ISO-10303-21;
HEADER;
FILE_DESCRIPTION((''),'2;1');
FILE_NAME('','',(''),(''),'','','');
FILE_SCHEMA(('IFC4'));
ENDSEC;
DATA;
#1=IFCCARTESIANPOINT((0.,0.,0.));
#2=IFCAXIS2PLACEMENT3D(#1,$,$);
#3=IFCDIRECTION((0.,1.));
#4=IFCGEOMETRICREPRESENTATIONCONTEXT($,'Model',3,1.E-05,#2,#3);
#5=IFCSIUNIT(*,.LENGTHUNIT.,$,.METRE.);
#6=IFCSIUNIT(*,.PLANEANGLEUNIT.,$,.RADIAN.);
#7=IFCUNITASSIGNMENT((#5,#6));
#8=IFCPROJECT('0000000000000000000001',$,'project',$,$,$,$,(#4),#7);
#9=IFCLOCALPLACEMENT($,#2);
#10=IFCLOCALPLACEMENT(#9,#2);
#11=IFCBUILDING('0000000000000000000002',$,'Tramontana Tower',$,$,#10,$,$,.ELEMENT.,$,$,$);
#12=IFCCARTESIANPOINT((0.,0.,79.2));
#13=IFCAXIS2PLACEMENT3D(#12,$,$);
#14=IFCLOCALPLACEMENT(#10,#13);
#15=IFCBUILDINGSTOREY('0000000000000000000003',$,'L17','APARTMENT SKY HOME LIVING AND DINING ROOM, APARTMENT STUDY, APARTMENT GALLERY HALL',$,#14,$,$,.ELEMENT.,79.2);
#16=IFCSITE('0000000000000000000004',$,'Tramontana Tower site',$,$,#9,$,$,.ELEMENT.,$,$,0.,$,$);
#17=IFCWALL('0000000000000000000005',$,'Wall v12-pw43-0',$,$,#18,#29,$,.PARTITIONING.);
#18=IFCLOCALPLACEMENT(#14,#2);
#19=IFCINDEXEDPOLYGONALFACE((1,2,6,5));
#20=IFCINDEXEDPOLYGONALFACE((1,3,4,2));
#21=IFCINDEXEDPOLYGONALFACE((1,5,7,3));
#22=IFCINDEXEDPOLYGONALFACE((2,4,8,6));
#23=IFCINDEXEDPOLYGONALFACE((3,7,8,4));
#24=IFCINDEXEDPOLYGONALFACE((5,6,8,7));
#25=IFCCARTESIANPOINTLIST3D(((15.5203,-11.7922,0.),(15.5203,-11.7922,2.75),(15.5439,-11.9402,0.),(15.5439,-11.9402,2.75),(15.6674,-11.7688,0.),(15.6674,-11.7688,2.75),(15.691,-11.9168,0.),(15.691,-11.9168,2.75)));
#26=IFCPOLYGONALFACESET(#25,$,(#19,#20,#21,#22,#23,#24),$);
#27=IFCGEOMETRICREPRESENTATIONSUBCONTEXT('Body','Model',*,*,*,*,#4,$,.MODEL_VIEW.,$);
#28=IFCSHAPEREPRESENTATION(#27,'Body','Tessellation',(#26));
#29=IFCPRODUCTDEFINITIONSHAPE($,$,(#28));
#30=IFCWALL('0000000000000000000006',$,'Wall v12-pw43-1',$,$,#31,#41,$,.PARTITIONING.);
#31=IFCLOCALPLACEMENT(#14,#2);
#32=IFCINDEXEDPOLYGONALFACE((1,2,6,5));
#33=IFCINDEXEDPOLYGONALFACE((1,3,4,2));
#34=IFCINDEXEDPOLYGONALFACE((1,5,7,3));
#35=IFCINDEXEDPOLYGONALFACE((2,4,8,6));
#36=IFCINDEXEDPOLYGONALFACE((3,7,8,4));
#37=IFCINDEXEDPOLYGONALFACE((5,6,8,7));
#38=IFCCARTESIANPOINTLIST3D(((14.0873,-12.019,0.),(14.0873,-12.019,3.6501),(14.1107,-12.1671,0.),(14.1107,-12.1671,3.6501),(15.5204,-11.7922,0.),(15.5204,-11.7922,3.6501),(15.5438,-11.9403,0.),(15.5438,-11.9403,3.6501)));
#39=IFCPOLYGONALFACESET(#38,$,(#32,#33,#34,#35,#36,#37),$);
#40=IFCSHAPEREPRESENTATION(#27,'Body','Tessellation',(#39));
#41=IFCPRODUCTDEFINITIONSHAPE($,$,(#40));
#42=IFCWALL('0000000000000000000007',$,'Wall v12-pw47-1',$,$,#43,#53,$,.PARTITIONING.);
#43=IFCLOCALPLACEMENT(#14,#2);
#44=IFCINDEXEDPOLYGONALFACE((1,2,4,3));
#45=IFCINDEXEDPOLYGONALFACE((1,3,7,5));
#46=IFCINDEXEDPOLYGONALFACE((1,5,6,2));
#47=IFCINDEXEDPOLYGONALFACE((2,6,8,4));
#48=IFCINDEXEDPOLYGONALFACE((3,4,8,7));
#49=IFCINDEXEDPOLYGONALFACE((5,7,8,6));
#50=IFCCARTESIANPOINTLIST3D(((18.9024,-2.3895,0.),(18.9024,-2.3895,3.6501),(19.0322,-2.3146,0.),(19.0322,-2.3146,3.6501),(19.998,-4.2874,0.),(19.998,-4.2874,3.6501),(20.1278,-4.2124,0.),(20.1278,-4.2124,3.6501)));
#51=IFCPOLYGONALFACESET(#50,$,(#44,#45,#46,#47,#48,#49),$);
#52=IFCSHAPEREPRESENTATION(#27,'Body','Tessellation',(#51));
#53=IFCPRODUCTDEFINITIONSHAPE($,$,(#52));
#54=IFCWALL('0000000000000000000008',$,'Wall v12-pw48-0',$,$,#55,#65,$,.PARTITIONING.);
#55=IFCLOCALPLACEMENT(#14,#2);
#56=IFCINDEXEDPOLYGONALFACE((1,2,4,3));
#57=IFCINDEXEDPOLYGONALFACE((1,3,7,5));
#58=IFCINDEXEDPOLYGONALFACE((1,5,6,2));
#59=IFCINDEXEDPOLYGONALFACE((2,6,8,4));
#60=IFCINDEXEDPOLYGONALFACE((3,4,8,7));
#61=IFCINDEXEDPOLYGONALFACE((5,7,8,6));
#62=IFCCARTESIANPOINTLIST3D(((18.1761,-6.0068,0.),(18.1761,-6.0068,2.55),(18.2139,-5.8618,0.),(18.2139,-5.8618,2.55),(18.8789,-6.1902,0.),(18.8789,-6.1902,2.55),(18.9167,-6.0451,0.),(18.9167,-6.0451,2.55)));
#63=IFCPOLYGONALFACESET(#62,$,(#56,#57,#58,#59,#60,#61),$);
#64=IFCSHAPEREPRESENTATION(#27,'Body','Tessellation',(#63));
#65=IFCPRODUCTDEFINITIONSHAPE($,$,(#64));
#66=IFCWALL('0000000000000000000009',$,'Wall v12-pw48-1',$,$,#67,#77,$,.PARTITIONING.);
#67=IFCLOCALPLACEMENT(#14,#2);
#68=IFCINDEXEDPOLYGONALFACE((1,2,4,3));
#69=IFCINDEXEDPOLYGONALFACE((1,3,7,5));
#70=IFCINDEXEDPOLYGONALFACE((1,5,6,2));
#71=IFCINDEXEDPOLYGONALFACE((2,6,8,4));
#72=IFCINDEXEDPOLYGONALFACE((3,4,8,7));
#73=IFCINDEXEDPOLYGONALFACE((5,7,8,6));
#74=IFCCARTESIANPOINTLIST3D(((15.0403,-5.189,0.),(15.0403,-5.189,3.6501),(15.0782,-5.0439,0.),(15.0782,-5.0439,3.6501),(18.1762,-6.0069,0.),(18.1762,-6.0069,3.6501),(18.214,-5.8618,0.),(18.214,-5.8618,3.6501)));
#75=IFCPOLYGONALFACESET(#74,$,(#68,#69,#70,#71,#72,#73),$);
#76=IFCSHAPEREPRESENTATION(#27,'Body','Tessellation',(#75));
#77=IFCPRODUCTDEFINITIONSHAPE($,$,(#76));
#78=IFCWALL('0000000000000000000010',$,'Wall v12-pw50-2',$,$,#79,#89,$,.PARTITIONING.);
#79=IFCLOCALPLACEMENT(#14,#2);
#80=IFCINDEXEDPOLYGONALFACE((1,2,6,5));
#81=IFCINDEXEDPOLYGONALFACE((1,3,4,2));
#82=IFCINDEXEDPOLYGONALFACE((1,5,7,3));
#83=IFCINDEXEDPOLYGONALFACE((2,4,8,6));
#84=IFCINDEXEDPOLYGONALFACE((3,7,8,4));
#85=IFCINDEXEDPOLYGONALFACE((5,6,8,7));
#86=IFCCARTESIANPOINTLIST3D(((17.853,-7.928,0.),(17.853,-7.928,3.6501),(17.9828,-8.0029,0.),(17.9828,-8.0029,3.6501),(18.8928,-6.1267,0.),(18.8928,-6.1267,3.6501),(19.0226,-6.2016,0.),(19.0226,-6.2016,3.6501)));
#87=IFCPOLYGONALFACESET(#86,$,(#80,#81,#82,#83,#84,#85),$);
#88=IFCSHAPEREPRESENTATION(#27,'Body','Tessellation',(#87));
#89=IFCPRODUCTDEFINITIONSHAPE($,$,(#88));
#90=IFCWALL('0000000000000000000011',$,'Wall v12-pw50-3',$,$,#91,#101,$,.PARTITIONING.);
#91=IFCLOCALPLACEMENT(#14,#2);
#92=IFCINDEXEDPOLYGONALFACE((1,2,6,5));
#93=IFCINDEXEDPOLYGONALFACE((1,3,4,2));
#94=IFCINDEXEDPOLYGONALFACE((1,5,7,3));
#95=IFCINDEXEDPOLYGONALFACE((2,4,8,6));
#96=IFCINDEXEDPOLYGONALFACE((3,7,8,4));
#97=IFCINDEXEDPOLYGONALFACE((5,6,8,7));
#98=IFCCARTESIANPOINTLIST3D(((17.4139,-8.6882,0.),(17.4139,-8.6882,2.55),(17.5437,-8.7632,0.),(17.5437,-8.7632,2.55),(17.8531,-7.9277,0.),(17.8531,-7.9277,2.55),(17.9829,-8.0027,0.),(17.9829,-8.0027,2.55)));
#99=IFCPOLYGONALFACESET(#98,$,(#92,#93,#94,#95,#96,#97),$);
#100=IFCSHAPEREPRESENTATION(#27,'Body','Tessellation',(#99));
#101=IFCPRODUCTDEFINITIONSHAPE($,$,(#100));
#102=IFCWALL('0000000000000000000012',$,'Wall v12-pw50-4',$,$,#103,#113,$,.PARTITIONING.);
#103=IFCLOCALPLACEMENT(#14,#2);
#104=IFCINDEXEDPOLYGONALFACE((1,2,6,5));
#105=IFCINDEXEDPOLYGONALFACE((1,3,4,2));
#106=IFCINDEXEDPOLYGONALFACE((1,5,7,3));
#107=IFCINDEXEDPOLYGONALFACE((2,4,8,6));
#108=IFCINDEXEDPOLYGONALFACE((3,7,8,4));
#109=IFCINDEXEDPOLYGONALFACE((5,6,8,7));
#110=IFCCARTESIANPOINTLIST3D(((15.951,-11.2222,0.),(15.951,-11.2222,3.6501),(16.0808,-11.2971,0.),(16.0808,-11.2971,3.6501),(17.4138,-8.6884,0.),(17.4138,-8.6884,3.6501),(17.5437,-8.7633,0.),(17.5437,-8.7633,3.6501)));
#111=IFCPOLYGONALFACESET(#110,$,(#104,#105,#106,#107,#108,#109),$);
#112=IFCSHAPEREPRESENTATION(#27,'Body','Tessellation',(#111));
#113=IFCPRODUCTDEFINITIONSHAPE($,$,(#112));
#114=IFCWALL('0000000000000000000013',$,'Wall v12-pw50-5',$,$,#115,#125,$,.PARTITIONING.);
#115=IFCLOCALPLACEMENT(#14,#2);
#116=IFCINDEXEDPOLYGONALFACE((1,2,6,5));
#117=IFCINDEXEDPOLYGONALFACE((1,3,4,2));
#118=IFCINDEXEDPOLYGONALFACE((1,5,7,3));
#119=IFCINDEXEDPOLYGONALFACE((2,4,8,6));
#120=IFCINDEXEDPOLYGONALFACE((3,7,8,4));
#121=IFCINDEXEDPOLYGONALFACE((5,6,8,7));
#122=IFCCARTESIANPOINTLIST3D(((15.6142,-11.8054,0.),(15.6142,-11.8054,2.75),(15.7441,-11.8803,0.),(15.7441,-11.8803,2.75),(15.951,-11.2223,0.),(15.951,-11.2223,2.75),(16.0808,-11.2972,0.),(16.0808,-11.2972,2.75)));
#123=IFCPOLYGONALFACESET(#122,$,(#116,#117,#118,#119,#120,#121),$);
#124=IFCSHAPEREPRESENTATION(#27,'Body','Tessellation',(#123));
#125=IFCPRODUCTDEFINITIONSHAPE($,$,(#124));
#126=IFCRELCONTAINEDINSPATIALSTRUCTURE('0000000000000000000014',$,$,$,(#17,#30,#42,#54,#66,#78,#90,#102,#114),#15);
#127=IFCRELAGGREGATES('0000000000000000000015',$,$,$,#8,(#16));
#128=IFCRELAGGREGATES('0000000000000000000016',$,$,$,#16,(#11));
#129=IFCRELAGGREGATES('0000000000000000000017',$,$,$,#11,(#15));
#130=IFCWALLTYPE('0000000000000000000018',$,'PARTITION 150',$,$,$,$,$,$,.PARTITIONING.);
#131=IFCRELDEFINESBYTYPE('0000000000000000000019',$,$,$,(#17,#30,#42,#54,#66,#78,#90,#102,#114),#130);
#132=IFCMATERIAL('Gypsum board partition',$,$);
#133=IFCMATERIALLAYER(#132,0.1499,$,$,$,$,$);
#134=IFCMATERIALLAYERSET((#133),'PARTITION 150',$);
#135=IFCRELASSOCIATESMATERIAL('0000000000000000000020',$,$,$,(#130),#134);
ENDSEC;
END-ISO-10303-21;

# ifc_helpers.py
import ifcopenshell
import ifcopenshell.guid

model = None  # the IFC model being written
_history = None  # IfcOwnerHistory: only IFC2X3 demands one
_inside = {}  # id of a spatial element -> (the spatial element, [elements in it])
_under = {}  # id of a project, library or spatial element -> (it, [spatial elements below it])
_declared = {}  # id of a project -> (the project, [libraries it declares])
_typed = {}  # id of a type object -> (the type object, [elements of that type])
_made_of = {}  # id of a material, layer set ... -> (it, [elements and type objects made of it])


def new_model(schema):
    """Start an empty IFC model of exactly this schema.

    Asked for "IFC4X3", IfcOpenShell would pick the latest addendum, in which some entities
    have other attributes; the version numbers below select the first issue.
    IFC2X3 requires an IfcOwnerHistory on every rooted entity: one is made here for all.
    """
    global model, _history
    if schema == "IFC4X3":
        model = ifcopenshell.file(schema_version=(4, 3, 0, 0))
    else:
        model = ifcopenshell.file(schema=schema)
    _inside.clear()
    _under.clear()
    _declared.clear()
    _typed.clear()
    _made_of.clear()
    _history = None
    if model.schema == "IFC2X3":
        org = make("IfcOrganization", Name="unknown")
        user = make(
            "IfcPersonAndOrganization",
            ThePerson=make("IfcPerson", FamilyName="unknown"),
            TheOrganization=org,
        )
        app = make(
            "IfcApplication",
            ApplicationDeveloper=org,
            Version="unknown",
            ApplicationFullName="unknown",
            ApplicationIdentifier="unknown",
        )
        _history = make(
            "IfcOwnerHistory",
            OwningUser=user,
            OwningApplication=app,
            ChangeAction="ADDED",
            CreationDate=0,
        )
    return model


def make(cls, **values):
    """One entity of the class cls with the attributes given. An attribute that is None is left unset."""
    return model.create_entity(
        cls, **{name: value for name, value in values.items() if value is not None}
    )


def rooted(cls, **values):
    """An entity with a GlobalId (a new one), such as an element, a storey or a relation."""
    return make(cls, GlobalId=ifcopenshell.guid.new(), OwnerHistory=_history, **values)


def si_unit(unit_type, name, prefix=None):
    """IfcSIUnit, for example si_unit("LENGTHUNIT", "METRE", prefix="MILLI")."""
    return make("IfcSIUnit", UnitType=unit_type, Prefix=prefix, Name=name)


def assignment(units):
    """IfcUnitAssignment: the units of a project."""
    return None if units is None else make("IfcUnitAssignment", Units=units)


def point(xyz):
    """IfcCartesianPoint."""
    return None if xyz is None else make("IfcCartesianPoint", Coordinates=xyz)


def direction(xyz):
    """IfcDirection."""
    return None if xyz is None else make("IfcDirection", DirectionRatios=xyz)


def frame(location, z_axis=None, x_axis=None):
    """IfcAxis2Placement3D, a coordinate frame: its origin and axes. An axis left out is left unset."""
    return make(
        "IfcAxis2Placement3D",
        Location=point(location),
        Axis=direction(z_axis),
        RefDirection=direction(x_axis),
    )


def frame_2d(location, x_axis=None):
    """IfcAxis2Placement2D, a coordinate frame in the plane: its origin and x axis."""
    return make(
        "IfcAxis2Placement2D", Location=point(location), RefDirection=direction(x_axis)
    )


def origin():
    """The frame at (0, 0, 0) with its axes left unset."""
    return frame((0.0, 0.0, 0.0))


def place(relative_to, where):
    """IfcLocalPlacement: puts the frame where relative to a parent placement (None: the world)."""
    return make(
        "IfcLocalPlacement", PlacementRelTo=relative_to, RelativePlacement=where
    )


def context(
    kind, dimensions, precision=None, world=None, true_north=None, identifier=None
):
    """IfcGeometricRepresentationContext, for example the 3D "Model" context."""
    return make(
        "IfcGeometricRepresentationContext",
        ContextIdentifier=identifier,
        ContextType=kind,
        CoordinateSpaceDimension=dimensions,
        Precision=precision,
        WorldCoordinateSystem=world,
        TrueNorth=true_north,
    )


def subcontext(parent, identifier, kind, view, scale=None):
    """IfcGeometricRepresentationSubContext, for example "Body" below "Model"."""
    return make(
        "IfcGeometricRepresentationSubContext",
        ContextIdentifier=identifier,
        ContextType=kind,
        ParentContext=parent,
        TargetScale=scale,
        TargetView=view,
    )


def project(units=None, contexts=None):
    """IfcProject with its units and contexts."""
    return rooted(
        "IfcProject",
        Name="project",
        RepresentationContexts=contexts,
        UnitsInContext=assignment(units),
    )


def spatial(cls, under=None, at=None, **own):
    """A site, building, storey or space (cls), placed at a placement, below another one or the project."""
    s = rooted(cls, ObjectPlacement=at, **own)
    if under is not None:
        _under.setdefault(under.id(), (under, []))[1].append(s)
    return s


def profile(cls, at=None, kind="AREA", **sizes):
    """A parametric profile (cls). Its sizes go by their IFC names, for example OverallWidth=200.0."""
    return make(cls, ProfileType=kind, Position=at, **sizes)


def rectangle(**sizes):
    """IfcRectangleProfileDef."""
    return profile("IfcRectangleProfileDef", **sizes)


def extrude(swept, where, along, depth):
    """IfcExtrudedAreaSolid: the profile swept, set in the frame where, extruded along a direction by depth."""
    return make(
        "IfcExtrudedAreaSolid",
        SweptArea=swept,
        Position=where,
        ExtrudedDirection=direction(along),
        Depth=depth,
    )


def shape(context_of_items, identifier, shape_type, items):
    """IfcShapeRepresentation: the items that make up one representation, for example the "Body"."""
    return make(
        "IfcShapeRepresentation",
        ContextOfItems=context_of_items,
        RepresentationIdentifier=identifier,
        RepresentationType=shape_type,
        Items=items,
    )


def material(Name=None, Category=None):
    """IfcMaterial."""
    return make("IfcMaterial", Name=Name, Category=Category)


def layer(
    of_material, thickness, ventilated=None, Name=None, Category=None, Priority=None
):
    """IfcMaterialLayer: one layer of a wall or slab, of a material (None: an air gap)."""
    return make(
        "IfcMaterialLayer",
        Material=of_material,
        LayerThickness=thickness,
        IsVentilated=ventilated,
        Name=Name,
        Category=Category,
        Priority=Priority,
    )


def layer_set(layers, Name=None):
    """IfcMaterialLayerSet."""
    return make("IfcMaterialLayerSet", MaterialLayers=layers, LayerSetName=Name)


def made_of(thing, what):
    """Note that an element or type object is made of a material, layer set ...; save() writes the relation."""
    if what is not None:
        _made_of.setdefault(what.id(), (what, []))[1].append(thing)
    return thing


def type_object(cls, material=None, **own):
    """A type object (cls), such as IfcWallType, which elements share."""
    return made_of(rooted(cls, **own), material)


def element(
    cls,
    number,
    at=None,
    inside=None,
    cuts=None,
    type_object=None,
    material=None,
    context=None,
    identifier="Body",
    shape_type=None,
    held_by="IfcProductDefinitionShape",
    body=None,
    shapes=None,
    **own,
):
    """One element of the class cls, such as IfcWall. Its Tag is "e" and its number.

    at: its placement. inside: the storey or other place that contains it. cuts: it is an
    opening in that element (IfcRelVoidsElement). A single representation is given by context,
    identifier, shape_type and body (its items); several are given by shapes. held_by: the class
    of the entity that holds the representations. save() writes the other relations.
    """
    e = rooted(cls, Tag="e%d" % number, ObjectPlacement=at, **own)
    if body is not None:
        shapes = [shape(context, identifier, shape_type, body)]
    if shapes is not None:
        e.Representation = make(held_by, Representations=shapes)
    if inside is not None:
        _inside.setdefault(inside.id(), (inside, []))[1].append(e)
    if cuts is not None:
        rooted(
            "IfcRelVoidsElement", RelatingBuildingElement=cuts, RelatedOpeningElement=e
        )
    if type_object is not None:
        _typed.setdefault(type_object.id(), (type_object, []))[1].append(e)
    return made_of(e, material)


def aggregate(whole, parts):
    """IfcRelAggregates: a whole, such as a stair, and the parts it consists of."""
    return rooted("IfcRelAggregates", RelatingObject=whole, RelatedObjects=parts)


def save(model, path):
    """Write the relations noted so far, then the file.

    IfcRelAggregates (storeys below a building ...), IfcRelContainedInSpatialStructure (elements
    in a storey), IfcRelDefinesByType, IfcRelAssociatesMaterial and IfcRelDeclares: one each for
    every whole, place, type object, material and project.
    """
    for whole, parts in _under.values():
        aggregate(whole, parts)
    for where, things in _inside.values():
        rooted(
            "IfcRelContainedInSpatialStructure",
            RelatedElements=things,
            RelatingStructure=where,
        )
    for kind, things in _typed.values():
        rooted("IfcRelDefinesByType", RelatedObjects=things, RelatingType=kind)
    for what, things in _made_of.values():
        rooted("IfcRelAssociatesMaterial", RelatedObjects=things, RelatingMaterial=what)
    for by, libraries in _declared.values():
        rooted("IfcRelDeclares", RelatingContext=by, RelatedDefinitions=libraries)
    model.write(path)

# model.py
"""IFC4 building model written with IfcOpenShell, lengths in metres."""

from ifc_helpers import new_model, si_unit, direction, frame, frame_2d, origin, place, context, subcontext, project, spatial, rectangle, extrude, material, layer, layer_set, type_object, element, save


model = new_model("IFC4")

# Units and contexts
model_context = context("Model", 3, precision=1e-05, world=origin(), true_north=direction((0.0, 1.0)))
body_context = subcontext(model_context, "Body", "Model", "MODEL_VIEW")
ifc_project = project(units=[si_unit("LENGTHUNIT", "METRE"), si_unit("PLANEANGLEUNIT", "RADIAN")], contexts=[model_context])

# Site, building, storey
site_placement = place(None, origin())
site = spatial("IfcSite", under=ifc_project, at=site_placement, Name="Tramontana Tower site", CompositionType="ELEMENT", RefElevation=0.0)
building_placement = place(site_placement, origin())
building = spatial("IfcBuilding", under=site, at=building_placement, Name="Tramontana Tower", CompositionType="ELEMENT")
storey_placement = place(building_placement, frame((0.0, 0.0, 79.2)))
storey = spatial("IfcBuildingStorey", under=building, at=storey_placement, Name="L17", Description="APARTMENT SKY HOME LIVING AND DINING ROOM, APARTMENT STUDY, APARTMENT GALLERY HALL", CompositionType="ELEMENT", Elevation=79.2)

# Shared definitions
ifc_material_1 = material(Name="Gypsum board partition")
ifc_layer_1 = layer(ifc_material_1, 0.1499)
ifc_layer_set_1 = layer_set([ifc_layer_1], Name="PARTITION 150")
wall_type_1 = type_object("IfcWallType", Name="PARTITION 150", PredefinedType="PARTITIONING", material=ifc_layer_set_1)

# Walls
wall_1_placement = place(storey_placement, frame((15.6792, -11.8428, 0.0), z_axis=(0.0, 0.0, 1.0), x_axis=(-0.987522, -0.157479, 0.0)))
element("IfcWall", 1, at=wall_1_placement, inside=storey, type_object=wall_type_1, Name="Wall v12-pw43-0", PredefinedType="PARTITIONING", context=body_context, shape_type="SweptSolid", body=[
    extrude(rectangle(XDim=0.1489, YDim=0.1499, at=frame_2d((0.0745, 0.0))), origin(), (0.0, 0.0, 1.0), 2.75),
])
wall_2_placement = place(storey_placement, frame((15.5322, -11.8662, 0.0), z_axis=(0.0, 0.0, 1.0), x_axis=(-0.987707, -0.156317, 0.0)))
element("IfcWall", 2, at=wall_2_placement, inside=storey, type_object=wall_type_1, Name="Wall v12-pw43-1", PredefinedType="PARTITIONING", context=body_context, shape_type="SweptSolid", body=[
    extrude(rectangle(XDim=1.4509, YDim=0.1499, at=frame_2d((0.7256, 0.0))), origin(), (0.0, 0.0, 1.0), 3.6501),
])
wall_3_placement = place(storey_placement, frame((18.9673, -2.3521, 0.0), z_axis=(0.0, 0.0, 1.0), x_axis=(0.499973, -0.866041, 0.0)))
element("IfcWall", 3, at=wall_3_placement, inside=storey, type_object=wall_type_1, Name="Wall v12-pw47-1", PredefinedType="PARTITIONING", context=body_context, shape_type="SweptSolid", body=[
    extrude(rectangle(XDim=2.1914, YDim=0.1499, at=frame_2d((1.0957, 0.0))), origin(), (0.0, 0.0, 1.0), 3.6501),
])
wall_4_placement = place(storey_placement, frame((18.8979, -6.1177, 0.0), z_axis=(0.0, 0.0, 1.0), x_axis=(-0.967621, 0.252408, 0.0)))
element("IfcWall", 4, at=wall_4_placement, inside=storey, type_object=wall_type_1, Name="Wall v12-pw48-0", PredefinedType="PARTITIONING", context=body_context, shape_type="SweptSolid", body=[
    extrude(rectangle(XDim=0.7263, YDim=0.1499, at=frame_2d((0.3633, 0.0))), origin(), (0.0, 0.0, 1.0), 2.55),
])
wall_5_placement = place(storey_placement, frame((18.1951, -5.9343, 0.0), z_axis=(0.0, 0.0, 1.0), x_axis=(-0.967628, 0.252379, 0.0)))
element("IfcWall", 5, at=wall_5_placement, inside=storey, type_object=wall_type_1, Name="Wall v12-pw48-1", PredefinedType="PARTITIONING", context=body_context, shape_type="SweptSolid", body=[
    extrude(rectangle(XDim=3.2407, YDim=0.1499, at=frame_2d((1.6204, 0.0))), origin(), (0.0, 0.0, 1.0), 3.6501),
])
wall_6_placement = place(storey_placement, frame((18.9578, -6.1641, 0.0), z_axis=(0.0, 0.0, 1.0), x_axis=(-0.499939, -0.86606, 0.0)))
element("IfcWall", 6, at=wall_6_placement, inside=storey, type_object=wall_type_1, Name="Wall v12-pw50-2", PredefinedType="PARTITIONING", context=body_context, shape_type="SweptSolid", body=[
    extrude(rectangle(XDim=2.0798, YDim=0.1499, at=frame_2d((1.04, 0.0))), origin(), (0.0, 0.0, 1.0), 3.6501),
])
wall_7_placement = place(storey_placement, frame((17.918, -7.9653, 0.0), z_axis=(0.0, 0.0, 1.0), x_axis=(-0.500115, -0.865959, 0.0)))
element("IfcWall", 7, at=wall_7_placement, inside=storey, type_object=wall_type_1, Name="Wall v12-pw50-3", PredefinedType="PARTITIONING", context=body_context, shape_type="SweptSolid", body=[
    extrude(rectangle(XDim=0.8782, YDim=0.1499, at=frame_2d((0.439, 0.0))), origin(), (0.0, 0.0, 1.0), 2.55),
])
wall_8_placement = place(storey_placement, frame((17.4788, -8.7258, 0.0), z_axis=(0.0, 0.0, 1.0), x_axis=(-0.49998, -0.866037, 0.0)))
element("IfcWall", 8, at=wall_8_placement, inside=storey, type_object=wall_type_1, Name="Wall v12-pw50-4", PredefinedType="PARTITIONING", context=body_context, shape_type="SweptSolid", body=[
    extrude(rectangle(XDim=2.9258, YDim=0.1499, at=frame_2d((1.4629, 0.0))), origin(), (0.0, 0.0, 1.0), 3.6501),
])
wall_9_placement = place(storey_placement, frame((16.0159, -11.2598, 0.0), z_axis=(0.0, 0.0, 1.0), x_axis=(-0.500078, -0.86598, 0.0)))
element("IfcWall", 9, at=wall_9_placement, inside=storey, type_object=wall_type_1, Name="Wall v12-pw50-5", PredefinedType="PARTITIONING", context=body_context, shape_type="SweptSolid", body=[
    extrude(rectangle(XDim=0.6733, YDim=0.1499, at=frame_2d((0.3367, 0.0))), origin(), (0.0, 0.0, 1.0), 2.75),
])

save(model, "model.ifc")
